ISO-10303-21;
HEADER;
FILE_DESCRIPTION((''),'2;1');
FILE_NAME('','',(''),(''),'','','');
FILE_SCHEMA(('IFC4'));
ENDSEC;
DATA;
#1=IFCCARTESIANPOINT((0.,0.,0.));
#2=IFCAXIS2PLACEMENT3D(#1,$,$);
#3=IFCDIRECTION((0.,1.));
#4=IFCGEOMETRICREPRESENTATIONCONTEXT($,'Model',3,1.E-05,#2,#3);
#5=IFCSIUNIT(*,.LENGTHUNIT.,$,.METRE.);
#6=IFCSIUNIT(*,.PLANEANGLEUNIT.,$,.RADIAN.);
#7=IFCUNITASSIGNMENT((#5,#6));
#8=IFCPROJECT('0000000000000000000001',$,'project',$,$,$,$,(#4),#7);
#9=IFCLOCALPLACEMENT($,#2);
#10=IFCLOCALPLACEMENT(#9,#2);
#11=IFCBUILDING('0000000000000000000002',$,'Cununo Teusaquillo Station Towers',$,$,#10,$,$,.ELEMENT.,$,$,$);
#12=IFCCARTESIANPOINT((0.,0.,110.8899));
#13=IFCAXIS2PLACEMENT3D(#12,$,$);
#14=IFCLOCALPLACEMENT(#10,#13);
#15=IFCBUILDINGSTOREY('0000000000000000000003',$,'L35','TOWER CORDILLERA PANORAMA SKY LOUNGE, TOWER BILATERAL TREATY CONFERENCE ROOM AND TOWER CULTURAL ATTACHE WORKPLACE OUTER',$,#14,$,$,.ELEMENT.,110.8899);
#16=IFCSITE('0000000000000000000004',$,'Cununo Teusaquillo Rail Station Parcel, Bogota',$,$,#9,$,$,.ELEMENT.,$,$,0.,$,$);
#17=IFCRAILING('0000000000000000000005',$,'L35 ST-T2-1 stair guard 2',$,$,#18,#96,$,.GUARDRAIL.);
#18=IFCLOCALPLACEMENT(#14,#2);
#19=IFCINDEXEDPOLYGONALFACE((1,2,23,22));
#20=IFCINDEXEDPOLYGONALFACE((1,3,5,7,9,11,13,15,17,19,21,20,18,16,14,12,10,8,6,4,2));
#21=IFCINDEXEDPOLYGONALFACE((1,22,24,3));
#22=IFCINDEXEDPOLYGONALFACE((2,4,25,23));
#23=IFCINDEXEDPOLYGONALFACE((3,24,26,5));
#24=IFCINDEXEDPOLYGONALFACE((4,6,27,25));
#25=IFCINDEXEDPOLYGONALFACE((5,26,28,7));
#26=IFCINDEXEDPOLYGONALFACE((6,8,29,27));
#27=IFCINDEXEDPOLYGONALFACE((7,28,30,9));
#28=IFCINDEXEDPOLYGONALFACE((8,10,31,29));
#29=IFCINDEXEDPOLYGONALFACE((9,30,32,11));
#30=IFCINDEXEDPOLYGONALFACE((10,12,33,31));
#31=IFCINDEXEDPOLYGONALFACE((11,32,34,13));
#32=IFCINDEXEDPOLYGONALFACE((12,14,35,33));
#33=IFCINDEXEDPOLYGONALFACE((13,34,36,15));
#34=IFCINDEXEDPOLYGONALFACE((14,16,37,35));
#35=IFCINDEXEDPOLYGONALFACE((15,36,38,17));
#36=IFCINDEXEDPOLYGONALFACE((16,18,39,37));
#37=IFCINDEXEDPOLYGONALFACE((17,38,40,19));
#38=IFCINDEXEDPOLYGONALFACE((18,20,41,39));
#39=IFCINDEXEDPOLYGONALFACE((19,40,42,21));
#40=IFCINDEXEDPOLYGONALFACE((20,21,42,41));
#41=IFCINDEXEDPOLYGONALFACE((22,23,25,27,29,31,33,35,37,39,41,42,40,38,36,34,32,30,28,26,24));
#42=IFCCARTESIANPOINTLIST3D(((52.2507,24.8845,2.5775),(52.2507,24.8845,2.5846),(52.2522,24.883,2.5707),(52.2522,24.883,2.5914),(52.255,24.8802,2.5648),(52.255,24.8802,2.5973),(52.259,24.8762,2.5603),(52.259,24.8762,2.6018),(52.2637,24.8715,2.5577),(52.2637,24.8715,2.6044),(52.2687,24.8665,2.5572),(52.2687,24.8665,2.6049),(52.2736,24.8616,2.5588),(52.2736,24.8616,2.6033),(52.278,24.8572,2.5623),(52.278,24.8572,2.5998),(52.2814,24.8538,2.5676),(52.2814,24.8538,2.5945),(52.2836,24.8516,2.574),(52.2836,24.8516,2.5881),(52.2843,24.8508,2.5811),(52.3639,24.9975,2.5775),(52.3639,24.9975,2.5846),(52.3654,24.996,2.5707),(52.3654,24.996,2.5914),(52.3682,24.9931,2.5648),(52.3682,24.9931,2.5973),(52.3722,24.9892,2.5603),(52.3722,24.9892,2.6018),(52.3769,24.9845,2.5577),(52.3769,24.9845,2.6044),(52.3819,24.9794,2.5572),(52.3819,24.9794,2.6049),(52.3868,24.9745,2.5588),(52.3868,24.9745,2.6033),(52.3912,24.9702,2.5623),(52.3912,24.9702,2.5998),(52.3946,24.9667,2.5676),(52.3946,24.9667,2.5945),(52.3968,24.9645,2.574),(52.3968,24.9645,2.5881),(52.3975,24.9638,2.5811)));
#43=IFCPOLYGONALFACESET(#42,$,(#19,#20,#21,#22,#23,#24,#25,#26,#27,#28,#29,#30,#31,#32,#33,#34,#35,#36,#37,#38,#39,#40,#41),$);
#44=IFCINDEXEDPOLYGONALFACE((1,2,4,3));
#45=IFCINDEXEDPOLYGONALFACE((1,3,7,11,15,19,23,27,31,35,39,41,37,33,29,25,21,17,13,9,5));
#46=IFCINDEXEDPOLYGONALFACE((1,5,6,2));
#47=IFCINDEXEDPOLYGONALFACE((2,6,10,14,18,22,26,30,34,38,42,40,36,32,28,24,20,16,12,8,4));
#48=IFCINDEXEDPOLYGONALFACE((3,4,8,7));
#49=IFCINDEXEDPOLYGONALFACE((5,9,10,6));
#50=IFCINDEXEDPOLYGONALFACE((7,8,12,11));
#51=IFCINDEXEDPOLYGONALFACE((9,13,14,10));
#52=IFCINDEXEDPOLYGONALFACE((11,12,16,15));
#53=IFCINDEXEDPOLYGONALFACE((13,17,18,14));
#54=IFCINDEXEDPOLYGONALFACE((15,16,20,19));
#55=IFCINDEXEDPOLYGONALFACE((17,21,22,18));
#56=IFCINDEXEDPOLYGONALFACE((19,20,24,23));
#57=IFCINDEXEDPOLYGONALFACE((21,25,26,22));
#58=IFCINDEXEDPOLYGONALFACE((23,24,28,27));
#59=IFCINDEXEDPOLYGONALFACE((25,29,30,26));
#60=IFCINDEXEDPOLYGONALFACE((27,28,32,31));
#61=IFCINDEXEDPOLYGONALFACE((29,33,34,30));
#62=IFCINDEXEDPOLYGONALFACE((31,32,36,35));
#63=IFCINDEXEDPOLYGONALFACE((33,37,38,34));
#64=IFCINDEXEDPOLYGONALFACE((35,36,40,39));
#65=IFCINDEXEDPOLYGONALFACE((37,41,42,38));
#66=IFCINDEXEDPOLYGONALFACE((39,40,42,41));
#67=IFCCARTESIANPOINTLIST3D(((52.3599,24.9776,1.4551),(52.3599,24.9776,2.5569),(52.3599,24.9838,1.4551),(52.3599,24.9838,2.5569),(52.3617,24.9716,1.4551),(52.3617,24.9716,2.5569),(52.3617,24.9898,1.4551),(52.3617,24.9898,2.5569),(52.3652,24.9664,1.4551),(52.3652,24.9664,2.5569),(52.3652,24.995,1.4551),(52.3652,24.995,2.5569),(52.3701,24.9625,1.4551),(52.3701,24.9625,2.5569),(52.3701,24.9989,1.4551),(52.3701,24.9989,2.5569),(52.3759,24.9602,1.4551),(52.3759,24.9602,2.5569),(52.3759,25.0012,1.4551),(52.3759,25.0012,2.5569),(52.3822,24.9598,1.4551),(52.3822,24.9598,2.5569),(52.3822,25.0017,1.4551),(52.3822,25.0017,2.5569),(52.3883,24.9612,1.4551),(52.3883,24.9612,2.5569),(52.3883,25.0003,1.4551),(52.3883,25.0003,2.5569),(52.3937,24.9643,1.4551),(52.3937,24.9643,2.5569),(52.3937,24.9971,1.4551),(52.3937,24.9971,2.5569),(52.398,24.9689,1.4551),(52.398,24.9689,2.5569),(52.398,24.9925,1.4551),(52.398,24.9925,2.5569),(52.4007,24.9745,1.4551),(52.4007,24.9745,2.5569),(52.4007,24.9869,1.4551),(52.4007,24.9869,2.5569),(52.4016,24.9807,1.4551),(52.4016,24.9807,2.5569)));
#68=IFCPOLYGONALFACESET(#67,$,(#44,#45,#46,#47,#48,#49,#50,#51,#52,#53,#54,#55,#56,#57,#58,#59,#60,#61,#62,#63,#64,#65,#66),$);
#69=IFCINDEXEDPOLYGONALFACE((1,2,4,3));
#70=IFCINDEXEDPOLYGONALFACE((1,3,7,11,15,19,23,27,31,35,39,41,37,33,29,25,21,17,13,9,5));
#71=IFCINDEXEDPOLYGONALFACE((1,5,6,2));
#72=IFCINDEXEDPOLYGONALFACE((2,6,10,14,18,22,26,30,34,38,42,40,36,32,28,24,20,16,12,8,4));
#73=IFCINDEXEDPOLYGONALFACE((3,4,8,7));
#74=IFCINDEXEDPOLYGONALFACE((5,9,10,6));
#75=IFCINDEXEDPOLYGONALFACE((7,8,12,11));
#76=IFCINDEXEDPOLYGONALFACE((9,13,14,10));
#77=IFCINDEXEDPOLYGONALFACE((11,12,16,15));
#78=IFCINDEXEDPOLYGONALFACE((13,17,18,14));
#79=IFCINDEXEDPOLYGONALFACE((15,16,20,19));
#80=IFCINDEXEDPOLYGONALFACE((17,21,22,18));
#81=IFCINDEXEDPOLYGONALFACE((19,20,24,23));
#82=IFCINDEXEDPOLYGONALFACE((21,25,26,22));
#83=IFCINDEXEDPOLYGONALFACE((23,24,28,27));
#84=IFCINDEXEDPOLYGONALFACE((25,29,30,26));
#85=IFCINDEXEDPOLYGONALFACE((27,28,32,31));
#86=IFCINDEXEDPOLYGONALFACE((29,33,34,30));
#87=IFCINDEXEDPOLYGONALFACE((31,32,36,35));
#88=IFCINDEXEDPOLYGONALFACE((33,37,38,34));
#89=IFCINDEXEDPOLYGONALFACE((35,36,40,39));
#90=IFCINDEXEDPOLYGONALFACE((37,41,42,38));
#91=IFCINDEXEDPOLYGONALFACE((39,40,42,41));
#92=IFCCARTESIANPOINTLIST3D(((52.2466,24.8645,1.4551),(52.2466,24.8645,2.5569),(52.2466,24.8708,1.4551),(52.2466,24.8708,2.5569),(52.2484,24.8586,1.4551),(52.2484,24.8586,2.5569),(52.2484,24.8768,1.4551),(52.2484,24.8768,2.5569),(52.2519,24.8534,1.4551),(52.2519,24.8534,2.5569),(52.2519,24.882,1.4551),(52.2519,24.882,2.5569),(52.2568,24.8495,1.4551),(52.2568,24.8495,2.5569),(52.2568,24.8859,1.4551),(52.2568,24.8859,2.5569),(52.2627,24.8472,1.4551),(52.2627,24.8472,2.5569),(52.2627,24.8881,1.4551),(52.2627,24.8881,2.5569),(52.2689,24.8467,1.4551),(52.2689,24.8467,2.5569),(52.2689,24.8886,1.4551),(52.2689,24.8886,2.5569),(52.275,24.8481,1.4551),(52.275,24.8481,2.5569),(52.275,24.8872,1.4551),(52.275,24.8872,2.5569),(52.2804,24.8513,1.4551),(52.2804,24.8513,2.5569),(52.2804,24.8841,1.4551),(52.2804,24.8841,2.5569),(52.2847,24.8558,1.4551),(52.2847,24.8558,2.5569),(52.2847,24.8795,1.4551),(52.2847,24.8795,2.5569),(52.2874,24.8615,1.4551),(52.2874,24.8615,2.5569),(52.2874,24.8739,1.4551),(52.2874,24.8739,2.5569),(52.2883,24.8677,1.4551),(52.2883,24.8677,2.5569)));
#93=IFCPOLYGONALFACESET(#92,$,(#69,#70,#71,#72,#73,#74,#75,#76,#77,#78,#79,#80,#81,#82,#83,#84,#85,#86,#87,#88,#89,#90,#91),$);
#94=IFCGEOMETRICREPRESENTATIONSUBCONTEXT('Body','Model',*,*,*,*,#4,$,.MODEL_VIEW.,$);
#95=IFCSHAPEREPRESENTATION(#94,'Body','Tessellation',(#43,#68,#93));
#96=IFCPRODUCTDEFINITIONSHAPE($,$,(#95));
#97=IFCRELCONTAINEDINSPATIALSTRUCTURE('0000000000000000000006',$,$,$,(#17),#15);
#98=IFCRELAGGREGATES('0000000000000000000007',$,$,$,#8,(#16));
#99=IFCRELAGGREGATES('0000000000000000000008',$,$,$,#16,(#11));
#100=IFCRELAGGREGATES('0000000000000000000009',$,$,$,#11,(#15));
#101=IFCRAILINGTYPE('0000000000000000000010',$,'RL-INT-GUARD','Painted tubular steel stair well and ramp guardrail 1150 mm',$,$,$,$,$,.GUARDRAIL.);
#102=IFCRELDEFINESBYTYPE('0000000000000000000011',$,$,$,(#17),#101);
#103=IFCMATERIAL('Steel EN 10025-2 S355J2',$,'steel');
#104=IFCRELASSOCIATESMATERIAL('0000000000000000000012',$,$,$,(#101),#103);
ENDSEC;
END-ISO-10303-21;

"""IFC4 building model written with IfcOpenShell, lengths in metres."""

from ifc_helpers import new_model, si_unit, direction, frame, origin, origin_2d, place, context, subcontext, project, spatial, circle, extrude, material, type_object, element, save


model = new_model("IFC4")

# Units and contexts
model_context = context("Model", 3, precision=1e-05, world=origin(), true_north=direction((0.0, 1.0)))
body_context = subcontext(model_context, "Body", "Model", "MODEL_VIEW")
ifc_project = project(units=[si_unit("LENGTHUNIT", "METRE"), si_unit("PLANEANGLEUNIT", "RADIAN")], contexts=[model_context])

# Site, building, storey
site_placement = place(None, origin())
site = spatial("IfcSite", under=ifc_project, at=site_placement, Name="Cununo Teusaquillo Rail Station Parcel, Bogota", CompositionType="ELEMENT", RefElevation=0.0)
building_placement = place(site_placement, origin())
building = spatial("IfcBuilding", under=site, at=building_placement, Name="Cununo Teusaquillo Station Towers", CompositionType="ELEMENT")
storey_placement = place(building_placement, frame((0.0, 0.0, 110.8899)))
storey = spatial("IfcBuildingStorey", under=building, at=storey_placement, Name="L35", Description="TOWER CORDILLERA PANORAMA SKY LOUNGE, TOWER BILATERAL TREATY CONFERENCE ROOM AND TOWER CULTURAL ATTACHE WORKPLACE OUTER", CompositionType="ELEMENT", Elevation=110.8899)

# Railing
ifc_material_1 = material(Name="Steel EN 10025-2 S355J2", Category="steel")
railing_type_1 = type_object("IfcRailingType", Name="RL-INT-GUARD", Description="Painted tubular steel stair well and ramp guardrail 1150 mm", PredefinedType="GUARDRAIL", material=ifc_material_1)
railing_1_placement = place(storey_placement, frame((52.3806, 24.9807, 1.4551)))
element("IfcRailing", 1, at=railing_1_placement, inside=storey, type_object=railing_type_1, Name="L35 ST-T2-1 stair guard 2", PredefinedType="GUARDRAIL", context=body_context, shape_type="SweptSolid", body=[
    extrude(circle(Radius=0.0239, at=origin_2d()), frame((0.0, 0.0, 1.126), z_axis=(-0.707869, -0.706344, 0.0), x_axis=(0.706344, -0.707869, 0.0)), (0.0, 0.0, 1.0), 0.1599),
    extrude(circle(Radius=0.021, at=origin_2d()), origin(), (0.0, 0.0, 1.0), 1.1018),
    extrude(circle(Radius=0.021, at=origin_2d()), frame((-0.1133, -0.113, 0.0)), (0.0, 0.0, 1.0), 1.1018),
])

save(model, "model.ifc")
